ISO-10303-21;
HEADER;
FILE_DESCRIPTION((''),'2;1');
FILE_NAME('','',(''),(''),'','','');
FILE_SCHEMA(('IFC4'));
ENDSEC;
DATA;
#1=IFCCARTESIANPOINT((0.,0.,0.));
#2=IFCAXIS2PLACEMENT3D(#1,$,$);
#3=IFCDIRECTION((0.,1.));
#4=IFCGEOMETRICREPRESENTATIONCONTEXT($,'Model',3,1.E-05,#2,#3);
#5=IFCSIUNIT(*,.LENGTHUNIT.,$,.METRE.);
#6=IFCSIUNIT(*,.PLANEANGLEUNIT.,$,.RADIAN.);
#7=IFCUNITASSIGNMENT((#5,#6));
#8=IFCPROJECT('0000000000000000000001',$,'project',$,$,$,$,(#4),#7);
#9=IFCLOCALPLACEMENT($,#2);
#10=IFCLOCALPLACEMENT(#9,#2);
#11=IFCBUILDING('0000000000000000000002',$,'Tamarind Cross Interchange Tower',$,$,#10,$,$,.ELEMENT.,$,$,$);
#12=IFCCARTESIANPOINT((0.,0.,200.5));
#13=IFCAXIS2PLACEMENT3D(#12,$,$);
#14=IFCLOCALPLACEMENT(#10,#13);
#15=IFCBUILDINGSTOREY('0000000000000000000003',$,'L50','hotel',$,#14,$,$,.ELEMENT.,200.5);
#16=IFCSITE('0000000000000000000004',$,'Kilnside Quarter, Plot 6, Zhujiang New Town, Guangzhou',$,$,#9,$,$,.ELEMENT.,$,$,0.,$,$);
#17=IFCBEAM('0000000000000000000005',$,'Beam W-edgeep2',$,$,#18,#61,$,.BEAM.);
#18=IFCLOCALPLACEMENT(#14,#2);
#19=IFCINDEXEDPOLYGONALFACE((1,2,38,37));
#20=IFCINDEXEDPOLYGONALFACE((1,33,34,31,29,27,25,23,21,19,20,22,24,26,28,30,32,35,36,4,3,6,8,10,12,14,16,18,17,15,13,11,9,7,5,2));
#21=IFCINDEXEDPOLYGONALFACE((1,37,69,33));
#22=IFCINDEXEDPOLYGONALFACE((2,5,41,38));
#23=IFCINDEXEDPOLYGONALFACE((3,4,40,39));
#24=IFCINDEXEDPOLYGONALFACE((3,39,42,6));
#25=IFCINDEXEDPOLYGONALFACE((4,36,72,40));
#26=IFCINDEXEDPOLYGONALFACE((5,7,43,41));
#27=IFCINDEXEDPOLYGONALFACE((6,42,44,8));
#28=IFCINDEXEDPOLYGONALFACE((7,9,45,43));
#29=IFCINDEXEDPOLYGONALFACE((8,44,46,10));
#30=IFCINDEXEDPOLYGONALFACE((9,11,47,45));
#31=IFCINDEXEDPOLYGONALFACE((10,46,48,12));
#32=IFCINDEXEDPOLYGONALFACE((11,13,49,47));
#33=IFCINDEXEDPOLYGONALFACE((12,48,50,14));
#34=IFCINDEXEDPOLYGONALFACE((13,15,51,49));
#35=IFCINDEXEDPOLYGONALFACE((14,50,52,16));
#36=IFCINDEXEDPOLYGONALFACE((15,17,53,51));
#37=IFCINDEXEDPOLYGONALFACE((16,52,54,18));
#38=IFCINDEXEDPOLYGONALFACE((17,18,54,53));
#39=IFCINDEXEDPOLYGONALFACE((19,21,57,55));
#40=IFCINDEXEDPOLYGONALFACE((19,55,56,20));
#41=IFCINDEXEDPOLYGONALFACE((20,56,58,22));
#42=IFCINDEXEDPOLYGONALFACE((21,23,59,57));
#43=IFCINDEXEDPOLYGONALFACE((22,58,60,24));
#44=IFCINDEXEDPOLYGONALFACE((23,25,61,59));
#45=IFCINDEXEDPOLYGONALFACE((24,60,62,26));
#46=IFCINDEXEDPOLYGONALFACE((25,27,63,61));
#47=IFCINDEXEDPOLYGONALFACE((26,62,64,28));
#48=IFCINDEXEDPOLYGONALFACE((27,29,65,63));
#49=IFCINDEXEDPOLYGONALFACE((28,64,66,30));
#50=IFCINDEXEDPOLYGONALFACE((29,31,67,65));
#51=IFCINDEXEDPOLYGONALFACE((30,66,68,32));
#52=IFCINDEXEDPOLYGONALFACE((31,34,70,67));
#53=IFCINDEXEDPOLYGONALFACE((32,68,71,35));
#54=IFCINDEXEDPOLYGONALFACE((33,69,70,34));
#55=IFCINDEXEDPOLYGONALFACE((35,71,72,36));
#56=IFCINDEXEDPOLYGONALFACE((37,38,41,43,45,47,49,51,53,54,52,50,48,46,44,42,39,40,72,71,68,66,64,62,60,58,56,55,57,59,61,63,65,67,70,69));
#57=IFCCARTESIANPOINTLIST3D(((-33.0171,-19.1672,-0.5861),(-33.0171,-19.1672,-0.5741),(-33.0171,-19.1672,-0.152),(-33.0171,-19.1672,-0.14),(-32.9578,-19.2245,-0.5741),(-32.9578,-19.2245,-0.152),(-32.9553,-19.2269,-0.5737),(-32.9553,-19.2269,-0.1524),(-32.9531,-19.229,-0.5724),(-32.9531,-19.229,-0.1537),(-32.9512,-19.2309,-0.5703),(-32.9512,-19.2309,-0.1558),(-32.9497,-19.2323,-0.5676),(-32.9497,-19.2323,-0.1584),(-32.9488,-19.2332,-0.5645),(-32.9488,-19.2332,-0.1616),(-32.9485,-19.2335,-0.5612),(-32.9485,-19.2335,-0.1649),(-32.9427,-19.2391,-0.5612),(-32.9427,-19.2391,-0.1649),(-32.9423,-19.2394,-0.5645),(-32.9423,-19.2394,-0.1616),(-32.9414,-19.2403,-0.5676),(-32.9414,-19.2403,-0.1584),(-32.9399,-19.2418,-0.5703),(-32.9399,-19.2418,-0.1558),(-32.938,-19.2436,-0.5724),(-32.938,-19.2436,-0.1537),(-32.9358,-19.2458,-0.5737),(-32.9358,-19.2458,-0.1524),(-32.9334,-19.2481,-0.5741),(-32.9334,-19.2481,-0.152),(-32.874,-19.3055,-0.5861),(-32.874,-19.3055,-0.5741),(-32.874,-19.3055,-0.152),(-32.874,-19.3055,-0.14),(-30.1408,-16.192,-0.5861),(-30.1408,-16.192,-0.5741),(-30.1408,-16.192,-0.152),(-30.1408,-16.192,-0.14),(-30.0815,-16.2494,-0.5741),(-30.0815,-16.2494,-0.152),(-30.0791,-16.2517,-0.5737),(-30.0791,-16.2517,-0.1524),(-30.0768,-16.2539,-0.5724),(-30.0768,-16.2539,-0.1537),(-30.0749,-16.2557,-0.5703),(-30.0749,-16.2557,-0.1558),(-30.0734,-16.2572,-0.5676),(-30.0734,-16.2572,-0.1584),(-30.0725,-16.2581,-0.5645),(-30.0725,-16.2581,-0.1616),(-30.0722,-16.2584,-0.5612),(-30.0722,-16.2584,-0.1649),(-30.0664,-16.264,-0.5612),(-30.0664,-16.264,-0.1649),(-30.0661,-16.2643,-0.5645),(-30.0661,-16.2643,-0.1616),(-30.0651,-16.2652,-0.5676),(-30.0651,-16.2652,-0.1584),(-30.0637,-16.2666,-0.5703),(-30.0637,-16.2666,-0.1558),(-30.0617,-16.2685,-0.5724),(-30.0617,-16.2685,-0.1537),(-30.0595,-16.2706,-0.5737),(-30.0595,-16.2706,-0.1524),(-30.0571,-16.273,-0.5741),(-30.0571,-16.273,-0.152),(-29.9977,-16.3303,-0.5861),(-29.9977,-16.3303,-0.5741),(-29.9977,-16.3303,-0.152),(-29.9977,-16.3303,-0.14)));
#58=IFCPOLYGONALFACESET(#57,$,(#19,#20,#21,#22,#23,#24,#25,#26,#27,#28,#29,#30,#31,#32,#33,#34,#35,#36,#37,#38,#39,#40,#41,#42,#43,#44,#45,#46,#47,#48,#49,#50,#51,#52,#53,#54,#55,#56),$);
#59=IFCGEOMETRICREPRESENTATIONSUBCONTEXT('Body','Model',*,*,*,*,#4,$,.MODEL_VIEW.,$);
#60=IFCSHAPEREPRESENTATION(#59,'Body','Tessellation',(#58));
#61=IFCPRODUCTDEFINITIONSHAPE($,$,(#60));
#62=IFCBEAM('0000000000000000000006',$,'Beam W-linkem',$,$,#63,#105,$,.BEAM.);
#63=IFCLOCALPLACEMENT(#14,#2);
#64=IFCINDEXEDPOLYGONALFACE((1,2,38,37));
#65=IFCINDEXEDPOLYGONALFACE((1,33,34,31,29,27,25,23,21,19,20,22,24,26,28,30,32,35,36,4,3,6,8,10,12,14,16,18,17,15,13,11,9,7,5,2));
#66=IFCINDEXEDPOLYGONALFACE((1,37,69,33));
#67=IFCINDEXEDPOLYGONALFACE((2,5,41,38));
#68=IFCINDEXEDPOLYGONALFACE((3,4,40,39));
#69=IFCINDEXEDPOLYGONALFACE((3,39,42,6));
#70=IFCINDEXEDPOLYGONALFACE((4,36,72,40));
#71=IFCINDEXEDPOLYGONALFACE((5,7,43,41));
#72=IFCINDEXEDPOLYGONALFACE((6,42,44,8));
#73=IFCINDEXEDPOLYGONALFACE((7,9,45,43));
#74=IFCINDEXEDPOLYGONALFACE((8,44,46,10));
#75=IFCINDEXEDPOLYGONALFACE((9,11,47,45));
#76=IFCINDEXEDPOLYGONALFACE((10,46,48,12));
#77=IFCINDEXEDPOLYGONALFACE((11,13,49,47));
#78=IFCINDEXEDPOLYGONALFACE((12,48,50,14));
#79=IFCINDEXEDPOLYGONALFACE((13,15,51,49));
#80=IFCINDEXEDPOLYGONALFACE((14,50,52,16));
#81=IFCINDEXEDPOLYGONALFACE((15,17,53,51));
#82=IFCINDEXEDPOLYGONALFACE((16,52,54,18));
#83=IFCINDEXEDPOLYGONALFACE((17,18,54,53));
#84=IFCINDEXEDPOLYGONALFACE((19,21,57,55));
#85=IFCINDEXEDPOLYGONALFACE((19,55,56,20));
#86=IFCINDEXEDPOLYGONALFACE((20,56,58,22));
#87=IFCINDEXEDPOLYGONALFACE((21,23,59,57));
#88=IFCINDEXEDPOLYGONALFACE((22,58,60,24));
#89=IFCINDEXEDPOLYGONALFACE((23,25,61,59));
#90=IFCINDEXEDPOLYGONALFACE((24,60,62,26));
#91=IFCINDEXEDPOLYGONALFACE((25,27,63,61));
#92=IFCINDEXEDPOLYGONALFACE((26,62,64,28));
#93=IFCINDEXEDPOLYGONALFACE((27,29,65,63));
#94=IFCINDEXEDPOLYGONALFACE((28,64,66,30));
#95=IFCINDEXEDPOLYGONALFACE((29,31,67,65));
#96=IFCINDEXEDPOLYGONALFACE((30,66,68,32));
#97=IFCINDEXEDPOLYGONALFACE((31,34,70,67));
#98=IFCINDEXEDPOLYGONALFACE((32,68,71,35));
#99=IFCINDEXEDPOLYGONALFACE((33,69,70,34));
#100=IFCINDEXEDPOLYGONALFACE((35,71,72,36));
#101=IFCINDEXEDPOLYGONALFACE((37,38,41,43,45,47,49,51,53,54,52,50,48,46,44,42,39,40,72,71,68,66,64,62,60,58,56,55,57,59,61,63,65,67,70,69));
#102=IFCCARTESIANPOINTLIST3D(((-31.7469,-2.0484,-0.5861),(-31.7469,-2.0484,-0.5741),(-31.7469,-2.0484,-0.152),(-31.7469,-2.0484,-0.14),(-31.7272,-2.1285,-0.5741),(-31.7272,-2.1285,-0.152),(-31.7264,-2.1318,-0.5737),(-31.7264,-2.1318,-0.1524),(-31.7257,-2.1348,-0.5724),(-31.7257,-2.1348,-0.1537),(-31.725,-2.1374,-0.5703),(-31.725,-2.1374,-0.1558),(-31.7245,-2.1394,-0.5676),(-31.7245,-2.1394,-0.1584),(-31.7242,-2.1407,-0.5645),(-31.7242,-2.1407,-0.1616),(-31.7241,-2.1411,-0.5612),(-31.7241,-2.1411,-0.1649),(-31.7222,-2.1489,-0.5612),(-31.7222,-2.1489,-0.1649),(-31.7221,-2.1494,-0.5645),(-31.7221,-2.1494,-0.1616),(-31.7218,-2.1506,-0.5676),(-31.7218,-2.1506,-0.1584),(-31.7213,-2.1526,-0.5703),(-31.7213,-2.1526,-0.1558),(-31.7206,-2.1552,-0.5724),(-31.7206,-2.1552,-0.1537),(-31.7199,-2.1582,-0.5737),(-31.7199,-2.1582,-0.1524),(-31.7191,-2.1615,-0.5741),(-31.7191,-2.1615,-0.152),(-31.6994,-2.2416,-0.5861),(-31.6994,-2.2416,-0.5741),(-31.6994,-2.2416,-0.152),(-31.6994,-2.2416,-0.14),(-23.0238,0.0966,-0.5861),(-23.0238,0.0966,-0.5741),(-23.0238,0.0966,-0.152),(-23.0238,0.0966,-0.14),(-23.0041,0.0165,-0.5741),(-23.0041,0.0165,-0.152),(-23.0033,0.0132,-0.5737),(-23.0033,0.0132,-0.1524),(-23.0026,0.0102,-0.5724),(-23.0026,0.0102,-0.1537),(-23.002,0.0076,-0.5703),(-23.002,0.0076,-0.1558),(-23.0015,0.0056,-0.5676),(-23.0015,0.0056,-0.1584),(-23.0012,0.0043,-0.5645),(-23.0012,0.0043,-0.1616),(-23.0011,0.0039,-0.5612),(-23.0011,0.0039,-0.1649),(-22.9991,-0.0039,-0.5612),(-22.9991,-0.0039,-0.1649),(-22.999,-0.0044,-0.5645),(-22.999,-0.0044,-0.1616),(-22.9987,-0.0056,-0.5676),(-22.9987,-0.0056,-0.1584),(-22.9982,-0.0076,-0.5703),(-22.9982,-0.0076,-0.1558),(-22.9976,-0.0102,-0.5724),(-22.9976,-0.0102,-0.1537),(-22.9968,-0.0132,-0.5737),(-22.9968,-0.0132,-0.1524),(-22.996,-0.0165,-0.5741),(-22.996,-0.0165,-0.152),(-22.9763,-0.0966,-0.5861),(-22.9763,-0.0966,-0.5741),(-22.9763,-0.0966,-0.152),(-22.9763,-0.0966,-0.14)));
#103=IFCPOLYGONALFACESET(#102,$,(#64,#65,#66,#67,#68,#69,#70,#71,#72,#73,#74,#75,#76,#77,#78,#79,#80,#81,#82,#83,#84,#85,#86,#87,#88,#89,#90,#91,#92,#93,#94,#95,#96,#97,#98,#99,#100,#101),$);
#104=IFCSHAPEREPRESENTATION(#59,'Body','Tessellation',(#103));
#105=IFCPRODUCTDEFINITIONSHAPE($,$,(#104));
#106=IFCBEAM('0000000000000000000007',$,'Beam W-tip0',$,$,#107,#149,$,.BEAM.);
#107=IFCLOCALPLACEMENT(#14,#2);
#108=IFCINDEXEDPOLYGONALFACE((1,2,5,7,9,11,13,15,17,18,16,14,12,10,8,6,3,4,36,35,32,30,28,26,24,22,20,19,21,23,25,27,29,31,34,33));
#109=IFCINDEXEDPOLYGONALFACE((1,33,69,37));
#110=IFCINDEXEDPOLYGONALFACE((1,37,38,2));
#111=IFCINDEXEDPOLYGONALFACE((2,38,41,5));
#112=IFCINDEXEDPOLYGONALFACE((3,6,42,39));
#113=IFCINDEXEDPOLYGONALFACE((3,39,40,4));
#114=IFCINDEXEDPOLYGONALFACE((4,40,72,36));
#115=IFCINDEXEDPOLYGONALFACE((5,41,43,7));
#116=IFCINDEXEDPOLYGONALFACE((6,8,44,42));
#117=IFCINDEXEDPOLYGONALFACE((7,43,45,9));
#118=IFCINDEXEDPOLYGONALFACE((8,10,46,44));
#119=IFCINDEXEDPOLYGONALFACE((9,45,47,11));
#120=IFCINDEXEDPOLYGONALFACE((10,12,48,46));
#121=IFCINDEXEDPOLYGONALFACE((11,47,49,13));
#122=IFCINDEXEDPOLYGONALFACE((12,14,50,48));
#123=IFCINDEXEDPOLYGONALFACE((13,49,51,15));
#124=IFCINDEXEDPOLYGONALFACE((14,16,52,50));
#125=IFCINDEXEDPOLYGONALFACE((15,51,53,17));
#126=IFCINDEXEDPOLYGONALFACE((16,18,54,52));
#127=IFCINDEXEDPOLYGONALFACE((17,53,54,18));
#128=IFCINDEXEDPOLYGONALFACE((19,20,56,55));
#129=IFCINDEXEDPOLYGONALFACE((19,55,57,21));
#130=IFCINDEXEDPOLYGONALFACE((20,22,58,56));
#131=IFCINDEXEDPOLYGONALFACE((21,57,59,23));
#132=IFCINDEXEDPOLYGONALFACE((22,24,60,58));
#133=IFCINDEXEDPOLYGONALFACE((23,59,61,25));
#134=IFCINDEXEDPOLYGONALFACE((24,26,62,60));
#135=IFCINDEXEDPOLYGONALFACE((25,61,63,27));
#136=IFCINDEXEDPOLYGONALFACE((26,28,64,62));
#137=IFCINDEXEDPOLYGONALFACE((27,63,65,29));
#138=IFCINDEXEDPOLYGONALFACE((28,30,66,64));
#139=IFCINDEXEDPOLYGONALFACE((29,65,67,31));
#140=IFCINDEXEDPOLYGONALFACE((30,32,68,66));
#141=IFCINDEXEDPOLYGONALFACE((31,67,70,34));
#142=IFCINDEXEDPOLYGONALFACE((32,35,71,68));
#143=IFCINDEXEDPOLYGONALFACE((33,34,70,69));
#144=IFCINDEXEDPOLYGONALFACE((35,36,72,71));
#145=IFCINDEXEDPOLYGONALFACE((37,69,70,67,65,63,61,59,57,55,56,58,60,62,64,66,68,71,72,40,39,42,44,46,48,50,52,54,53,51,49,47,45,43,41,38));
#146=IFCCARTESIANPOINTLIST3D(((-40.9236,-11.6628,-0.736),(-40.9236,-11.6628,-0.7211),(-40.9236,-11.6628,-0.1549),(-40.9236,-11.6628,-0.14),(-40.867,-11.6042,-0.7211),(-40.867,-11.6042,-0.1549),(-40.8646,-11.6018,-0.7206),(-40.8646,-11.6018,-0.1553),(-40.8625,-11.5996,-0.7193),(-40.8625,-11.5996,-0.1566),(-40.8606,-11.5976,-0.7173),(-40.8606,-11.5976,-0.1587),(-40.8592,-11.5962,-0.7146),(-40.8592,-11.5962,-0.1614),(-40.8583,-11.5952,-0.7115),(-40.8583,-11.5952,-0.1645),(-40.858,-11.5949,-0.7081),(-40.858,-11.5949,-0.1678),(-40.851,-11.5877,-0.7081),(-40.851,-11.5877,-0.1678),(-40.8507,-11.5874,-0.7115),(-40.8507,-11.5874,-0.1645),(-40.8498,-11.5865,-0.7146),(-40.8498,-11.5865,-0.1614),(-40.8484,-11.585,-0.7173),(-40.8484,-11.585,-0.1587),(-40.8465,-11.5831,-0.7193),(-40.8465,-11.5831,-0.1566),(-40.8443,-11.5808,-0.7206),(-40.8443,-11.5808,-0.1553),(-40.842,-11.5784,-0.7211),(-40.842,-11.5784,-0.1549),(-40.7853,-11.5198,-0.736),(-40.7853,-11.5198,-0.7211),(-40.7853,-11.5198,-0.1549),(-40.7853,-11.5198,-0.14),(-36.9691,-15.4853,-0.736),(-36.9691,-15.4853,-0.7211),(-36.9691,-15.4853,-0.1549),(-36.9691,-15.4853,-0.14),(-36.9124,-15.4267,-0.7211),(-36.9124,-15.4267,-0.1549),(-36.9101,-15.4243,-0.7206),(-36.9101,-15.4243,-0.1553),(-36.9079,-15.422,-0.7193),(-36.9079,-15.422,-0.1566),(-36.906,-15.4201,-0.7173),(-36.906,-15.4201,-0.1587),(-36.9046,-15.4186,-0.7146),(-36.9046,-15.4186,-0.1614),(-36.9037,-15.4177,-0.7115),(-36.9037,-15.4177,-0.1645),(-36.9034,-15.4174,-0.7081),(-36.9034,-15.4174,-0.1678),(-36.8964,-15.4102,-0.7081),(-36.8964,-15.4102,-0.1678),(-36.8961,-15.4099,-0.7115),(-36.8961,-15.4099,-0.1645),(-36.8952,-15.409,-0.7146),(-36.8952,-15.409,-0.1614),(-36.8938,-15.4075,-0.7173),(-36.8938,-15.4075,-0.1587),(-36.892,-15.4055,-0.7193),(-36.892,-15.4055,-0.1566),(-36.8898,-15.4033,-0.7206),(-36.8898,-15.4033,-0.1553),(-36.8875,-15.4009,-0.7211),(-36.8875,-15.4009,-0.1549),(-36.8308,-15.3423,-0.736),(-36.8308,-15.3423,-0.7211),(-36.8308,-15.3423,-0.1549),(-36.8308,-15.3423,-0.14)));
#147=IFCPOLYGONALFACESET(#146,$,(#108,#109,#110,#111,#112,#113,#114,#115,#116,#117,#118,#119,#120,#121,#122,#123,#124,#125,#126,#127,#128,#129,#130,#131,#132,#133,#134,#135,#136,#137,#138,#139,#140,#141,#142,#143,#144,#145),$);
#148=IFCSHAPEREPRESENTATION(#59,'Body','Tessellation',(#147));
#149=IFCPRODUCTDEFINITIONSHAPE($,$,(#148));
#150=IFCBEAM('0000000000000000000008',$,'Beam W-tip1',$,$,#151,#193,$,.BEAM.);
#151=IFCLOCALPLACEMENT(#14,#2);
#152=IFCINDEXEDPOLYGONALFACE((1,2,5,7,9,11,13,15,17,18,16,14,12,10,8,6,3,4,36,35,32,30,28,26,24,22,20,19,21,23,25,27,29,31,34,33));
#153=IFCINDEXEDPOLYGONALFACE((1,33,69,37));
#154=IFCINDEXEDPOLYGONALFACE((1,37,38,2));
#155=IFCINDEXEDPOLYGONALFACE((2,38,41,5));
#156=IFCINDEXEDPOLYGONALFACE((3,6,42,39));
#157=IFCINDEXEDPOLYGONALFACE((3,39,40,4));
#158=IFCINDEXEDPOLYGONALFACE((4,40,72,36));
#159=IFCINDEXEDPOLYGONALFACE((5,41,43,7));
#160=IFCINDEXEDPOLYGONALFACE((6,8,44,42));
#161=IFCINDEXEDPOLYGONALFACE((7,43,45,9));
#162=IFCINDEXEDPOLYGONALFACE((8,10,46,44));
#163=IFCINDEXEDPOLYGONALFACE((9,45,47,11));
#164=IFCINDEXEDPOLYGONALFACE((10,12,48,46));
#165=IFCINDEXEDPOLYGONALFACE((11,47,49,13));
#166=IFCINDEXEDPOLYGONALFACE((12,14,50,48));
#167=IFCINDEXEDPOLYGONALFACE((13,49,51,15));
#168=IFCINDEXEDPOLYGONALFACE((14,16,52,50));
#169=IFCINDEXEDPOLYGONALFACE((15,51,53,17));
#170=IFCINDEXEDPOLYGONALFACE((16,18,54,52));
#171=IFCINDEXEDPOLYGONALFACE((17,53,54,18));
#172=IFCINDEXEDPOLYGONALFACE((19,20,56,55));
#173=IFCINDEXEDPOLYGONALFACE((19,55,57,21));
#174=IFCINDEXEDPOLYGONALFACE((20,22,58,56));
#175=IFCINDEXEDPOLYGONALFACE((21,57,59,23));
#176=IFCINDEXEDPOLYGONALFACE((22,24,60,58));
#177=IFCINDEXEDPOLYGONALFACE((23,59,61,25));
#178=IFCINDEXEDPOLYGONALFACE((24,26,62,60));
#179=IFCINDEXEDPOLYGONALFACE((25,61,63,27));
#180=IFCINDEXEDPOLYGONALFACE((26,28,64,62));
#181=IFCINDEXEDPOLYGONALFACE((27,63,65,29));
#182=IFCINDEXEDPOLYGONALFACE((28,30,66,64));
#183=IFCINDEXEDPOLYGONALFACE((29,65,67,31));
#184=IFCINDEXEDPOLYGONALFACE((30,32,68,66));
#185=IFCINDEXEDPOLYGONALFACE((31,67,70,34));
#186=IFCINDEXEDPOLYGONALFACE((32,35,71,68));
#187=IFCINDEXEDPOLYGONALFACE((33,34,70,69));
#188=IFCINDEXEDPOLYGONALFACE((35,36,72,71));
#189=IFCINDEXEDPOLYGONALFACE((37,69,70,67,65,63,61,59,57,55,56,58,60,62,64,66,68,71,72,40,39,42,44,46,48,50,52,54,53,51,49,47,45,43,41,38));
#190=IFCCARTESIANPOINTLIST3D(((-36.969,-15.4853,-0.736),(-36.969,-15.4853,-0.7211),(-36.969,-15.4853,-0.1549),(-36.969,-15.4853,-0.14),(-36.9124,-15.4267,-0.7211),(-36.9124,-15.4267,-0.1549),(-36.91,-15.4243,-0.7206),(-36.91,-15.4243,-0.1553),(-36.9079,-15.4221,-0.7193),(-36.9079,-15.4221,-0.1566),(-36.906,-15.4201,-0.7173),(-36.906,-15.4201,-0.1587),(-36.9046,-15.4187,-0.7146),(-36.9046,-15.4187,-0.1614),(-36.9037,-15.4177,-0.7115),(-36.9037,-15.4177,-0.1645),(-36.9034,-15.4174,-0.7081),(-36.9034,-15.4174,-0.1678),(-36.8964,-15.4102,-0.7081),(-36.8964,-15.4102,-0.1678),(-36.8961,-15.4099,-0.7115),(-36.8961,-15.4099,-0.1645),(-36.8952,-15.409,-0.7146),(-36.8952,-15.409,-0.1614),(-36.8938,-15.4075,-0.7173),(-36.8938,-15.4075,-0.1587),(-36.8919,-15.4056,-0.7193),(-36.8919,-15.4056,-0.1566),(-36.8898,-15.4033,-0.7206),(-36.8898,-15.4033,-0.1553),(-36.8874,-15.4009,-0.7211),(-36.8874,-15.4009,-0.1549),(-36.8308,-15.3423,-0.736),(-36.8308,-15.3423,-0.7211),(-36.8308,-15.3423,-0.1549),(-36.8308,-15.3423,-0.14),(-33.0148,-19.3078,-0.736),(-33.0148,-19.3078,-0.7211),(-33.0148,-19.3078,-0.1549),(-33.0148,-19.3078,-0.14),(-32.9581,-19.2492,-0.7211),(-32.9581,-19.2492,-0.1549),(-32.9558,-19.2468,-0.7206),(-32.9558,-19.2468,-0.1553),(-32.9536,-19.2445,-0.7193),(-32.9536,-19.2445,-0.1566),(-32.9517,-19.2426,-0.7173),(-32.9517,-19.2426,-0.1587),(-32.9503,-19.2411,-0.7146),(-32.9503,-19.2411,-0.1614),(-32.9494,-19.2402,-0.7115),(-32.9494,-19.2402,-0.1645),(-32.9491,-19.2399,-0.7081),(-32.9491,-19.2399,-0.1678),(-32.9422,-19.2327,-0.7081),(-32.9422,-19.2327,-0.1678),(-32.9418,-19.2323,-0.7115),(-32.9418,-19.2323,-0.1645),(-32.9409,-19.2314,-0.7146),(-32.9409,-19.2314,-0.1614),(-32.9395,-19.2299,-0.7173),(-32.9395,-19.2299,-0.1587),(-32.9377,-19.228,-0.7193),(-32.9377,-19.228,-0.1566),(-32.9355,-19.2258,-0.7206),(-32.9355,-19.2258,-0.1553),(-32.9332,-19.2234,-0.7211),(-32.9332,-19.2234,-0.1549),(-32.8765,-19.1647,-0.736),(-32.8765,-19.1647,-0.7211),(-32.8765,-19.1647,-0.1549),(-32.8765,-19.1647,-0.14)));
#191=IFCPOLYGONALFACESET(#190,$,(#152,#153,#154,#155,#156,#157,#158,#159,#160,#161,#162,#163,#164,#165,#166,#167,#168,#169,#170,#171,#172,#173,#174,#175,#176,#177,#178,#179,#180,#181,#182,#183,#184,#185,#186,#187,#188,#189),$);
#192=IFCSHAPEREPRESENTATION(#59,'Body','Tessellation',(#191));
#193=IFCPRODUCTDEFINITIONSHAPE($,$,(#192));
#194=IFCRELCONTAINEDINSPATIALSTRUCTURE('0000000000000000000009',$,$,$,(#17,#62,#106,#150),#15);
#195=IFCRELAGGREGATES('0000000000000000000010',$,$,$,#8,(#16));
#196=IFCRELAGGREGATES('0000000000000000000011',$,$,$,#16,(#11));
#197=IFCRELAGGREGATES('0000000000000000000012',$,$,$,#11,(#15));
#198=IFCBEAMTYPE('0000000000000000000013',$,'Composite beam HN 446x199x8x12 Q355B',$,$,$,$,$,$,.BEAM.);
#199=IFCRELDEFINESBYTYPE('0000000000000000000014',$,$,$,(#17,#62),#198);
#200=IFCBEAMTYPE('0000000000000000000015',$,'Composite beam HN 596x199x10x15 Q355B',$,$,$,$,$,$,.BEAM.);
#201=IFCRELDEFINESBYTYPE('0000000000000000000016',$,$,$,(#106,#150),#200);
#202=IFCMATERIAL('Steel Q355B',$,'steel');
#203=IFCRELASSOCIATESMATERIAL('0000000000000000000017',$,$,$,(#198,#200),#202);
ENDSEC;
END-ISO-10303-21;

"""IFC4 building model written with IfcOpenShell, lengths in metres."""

from ifc_helpers import new_model, si_unit, direction, frame, origin, origin_2d, place, context, subcontext, project, spatial, i_section, extrude, material, material_profile, profile_set, type_object, element, save


model = new_model("IFC4")

# Units and contexts
model_context = context("Model", 3, precision=1e-05, world=origin(), true_north=direction((0.0, 1.0)))
body_context = subcontext(model_context, "Body", "Model", "MODEL_VIEW")
ifc_project = project(units=[si_unit("LENGTHUNIT", "METRE"), si_unit("PLANEANGLEUNIT", "RADIAN")], contexts=[model_context])

# Site, building, storey
site_placement = place(None, origin())
site = spatial("IfcSite", under=ifc_project, at=site_placement, Name="Kilnside Quarter, Plot 6, Zhujiang New Town, Guangzhou", CompositionType="ELEMENT", RefElevation=0.0)
building_placement = place(site_placement, origin())
building = spatial("IfcBuilding", under=site, at=building_placement, Name="Tamarind Cross Interchange Tower", CompositionType="ELEMENT")
storey_placement = place(building_placement, frame((0.0, 0.0, 200.5)))
storey = spatial("IfcBuildingStorey", under=building, at=storey_placement, Name="L50", Description="hotel", CompositionType="ELEMENT", Elevation=200.5)

# Beams
ifc_material_1 = material(Name="Steel Q355B", Category="steel")
ifc_material_profile_1 = material_profile(ifc_material_1, i_section(OverallWidth=0.199, OverallDepth=0.446, WebThickness=0.0081, FlangeThickness=0.012, FilletRadius=0.0129, at=origin_2d()), Name="HN 446x199x8x12")
ifc_profile_set_1 = profile_set([ifc_material_profile_1], Name="Steel Q355B")
beam_type_1 = type_object("IfcBeamType", Name="Composite beam HN 446x199x8x12 Q355B", PredefinedType="BEAM", material=ifc_profile_set_1)
beam_1_placement = place(storey_placement, frame((-32.9456, -19.2363, -0.363), z_axis=(0.695059, 0.718953, 0.0), x_axis=(-0.718953, 0.695059, 0.0)))
element("IfcBeam", 1, at=beam_1_placement, inside=storey, type_object=beam_type_1, Name="Beam W-edgeep2", PredefinedType="BEAM", context=body_context, shape_type="SweptSolid", body=[
    extrude(i_section(OverallWidth=0.199, OverallDepth=0.446, WebThickness=0.0081, FlangeThickness=0.012, FilletRadius=0.0129, at=origin_2d()), origin(), (0.0, 0.0, 1.0), 4.1382),
])
beam_2_placement = place(storey_placement, frame((-31.7231, -2.145, -0.363), z_axis=(0.971072, 0.238786, 0.0), x_axis=(-0.238786, 0.971072, 0.0)))
element("IfcBeam", 2, at=beam_2_placement, inside=storey, type_object=beam_type_1, Name="Beam W-linkem", PredefinedType="BEAM", context=body_context, shape_type="SweptSolid", body=[
    extrude(i_section(OverallWidth=0.199, OverallDepth=0.446, WebThickness=0.0081, FlangeThickness=0.012, FilletRadius=0.0129, at=origin_2d()), origin(), (0.0, 0.0, 1.0), 8.9829),
])
ifc_material_profile_2 = material_profile(ifc_material_1, i_section(OverallWidth=0.199, OverallDepth=0.5959, WebThickness=0.01, FlangeThickness=0.0149, FilletRadius=0.0129, at=origin_2d()), Name="HN 596x199x10x15")
ifc_profile_set_2 = profile_set([ifc_material_profile_2], Name="Steel Q355B")
beam_type_2 = type_object("IfcBeamType", Name="Composite beam HN 596x199x10x15 Q355B", PredefinedType="BEAM", material=ifc_profile_set_2)
beam_3_placement = place(storey_placement, frame((-40.8545, -11.5913, -0.438), z_axis=(0.719012, -0.694998, 0.0), x_axis=(0.694998, 0.719012, 0.0)))
element("IfcBeam", 3, at=beam_3_placement, inside=storey, type_object=beam_type_2, Name="Beam W-tip0", PredefinedType="BEAM", context=body_context, shape_type="SweptSolid", body=[
    extrude(i_section(OverallWidth=0.199, OverallDepth=0.5959, WebThickness=0.01, FlangeThickness=0.0149, FilletRadius=0.0129, at=origin_2d()), origin(), (0.0, 0.0, 1.0), 5.5),
])
beam_4_placement = place(storey_placement, frame((-36.8999, -15.4138, -0.438), z_axis=(0.718991, -0.69502, 0.0), x_axis=(0.69502, 0.718991, 0.0)))
element("IfcBeam", 4, at=beam_4_placement, inside=storey, type_object=beam_type_2, Name="Beam W-tip1", PredefinedType="BEAM", context=body_context, shape_type="SweptSolid", body=[
    extrude(i_section(OverallWidth=0.199, OverallDepth=0.5959, WebThickness=0.01, FlangeThickness=0.0149, FilletRadius=0.0129, at=origin_2d()), origin(), (0.0, 0.0, 1.0), 5.4998),
])

save(model, "model.ifc")
